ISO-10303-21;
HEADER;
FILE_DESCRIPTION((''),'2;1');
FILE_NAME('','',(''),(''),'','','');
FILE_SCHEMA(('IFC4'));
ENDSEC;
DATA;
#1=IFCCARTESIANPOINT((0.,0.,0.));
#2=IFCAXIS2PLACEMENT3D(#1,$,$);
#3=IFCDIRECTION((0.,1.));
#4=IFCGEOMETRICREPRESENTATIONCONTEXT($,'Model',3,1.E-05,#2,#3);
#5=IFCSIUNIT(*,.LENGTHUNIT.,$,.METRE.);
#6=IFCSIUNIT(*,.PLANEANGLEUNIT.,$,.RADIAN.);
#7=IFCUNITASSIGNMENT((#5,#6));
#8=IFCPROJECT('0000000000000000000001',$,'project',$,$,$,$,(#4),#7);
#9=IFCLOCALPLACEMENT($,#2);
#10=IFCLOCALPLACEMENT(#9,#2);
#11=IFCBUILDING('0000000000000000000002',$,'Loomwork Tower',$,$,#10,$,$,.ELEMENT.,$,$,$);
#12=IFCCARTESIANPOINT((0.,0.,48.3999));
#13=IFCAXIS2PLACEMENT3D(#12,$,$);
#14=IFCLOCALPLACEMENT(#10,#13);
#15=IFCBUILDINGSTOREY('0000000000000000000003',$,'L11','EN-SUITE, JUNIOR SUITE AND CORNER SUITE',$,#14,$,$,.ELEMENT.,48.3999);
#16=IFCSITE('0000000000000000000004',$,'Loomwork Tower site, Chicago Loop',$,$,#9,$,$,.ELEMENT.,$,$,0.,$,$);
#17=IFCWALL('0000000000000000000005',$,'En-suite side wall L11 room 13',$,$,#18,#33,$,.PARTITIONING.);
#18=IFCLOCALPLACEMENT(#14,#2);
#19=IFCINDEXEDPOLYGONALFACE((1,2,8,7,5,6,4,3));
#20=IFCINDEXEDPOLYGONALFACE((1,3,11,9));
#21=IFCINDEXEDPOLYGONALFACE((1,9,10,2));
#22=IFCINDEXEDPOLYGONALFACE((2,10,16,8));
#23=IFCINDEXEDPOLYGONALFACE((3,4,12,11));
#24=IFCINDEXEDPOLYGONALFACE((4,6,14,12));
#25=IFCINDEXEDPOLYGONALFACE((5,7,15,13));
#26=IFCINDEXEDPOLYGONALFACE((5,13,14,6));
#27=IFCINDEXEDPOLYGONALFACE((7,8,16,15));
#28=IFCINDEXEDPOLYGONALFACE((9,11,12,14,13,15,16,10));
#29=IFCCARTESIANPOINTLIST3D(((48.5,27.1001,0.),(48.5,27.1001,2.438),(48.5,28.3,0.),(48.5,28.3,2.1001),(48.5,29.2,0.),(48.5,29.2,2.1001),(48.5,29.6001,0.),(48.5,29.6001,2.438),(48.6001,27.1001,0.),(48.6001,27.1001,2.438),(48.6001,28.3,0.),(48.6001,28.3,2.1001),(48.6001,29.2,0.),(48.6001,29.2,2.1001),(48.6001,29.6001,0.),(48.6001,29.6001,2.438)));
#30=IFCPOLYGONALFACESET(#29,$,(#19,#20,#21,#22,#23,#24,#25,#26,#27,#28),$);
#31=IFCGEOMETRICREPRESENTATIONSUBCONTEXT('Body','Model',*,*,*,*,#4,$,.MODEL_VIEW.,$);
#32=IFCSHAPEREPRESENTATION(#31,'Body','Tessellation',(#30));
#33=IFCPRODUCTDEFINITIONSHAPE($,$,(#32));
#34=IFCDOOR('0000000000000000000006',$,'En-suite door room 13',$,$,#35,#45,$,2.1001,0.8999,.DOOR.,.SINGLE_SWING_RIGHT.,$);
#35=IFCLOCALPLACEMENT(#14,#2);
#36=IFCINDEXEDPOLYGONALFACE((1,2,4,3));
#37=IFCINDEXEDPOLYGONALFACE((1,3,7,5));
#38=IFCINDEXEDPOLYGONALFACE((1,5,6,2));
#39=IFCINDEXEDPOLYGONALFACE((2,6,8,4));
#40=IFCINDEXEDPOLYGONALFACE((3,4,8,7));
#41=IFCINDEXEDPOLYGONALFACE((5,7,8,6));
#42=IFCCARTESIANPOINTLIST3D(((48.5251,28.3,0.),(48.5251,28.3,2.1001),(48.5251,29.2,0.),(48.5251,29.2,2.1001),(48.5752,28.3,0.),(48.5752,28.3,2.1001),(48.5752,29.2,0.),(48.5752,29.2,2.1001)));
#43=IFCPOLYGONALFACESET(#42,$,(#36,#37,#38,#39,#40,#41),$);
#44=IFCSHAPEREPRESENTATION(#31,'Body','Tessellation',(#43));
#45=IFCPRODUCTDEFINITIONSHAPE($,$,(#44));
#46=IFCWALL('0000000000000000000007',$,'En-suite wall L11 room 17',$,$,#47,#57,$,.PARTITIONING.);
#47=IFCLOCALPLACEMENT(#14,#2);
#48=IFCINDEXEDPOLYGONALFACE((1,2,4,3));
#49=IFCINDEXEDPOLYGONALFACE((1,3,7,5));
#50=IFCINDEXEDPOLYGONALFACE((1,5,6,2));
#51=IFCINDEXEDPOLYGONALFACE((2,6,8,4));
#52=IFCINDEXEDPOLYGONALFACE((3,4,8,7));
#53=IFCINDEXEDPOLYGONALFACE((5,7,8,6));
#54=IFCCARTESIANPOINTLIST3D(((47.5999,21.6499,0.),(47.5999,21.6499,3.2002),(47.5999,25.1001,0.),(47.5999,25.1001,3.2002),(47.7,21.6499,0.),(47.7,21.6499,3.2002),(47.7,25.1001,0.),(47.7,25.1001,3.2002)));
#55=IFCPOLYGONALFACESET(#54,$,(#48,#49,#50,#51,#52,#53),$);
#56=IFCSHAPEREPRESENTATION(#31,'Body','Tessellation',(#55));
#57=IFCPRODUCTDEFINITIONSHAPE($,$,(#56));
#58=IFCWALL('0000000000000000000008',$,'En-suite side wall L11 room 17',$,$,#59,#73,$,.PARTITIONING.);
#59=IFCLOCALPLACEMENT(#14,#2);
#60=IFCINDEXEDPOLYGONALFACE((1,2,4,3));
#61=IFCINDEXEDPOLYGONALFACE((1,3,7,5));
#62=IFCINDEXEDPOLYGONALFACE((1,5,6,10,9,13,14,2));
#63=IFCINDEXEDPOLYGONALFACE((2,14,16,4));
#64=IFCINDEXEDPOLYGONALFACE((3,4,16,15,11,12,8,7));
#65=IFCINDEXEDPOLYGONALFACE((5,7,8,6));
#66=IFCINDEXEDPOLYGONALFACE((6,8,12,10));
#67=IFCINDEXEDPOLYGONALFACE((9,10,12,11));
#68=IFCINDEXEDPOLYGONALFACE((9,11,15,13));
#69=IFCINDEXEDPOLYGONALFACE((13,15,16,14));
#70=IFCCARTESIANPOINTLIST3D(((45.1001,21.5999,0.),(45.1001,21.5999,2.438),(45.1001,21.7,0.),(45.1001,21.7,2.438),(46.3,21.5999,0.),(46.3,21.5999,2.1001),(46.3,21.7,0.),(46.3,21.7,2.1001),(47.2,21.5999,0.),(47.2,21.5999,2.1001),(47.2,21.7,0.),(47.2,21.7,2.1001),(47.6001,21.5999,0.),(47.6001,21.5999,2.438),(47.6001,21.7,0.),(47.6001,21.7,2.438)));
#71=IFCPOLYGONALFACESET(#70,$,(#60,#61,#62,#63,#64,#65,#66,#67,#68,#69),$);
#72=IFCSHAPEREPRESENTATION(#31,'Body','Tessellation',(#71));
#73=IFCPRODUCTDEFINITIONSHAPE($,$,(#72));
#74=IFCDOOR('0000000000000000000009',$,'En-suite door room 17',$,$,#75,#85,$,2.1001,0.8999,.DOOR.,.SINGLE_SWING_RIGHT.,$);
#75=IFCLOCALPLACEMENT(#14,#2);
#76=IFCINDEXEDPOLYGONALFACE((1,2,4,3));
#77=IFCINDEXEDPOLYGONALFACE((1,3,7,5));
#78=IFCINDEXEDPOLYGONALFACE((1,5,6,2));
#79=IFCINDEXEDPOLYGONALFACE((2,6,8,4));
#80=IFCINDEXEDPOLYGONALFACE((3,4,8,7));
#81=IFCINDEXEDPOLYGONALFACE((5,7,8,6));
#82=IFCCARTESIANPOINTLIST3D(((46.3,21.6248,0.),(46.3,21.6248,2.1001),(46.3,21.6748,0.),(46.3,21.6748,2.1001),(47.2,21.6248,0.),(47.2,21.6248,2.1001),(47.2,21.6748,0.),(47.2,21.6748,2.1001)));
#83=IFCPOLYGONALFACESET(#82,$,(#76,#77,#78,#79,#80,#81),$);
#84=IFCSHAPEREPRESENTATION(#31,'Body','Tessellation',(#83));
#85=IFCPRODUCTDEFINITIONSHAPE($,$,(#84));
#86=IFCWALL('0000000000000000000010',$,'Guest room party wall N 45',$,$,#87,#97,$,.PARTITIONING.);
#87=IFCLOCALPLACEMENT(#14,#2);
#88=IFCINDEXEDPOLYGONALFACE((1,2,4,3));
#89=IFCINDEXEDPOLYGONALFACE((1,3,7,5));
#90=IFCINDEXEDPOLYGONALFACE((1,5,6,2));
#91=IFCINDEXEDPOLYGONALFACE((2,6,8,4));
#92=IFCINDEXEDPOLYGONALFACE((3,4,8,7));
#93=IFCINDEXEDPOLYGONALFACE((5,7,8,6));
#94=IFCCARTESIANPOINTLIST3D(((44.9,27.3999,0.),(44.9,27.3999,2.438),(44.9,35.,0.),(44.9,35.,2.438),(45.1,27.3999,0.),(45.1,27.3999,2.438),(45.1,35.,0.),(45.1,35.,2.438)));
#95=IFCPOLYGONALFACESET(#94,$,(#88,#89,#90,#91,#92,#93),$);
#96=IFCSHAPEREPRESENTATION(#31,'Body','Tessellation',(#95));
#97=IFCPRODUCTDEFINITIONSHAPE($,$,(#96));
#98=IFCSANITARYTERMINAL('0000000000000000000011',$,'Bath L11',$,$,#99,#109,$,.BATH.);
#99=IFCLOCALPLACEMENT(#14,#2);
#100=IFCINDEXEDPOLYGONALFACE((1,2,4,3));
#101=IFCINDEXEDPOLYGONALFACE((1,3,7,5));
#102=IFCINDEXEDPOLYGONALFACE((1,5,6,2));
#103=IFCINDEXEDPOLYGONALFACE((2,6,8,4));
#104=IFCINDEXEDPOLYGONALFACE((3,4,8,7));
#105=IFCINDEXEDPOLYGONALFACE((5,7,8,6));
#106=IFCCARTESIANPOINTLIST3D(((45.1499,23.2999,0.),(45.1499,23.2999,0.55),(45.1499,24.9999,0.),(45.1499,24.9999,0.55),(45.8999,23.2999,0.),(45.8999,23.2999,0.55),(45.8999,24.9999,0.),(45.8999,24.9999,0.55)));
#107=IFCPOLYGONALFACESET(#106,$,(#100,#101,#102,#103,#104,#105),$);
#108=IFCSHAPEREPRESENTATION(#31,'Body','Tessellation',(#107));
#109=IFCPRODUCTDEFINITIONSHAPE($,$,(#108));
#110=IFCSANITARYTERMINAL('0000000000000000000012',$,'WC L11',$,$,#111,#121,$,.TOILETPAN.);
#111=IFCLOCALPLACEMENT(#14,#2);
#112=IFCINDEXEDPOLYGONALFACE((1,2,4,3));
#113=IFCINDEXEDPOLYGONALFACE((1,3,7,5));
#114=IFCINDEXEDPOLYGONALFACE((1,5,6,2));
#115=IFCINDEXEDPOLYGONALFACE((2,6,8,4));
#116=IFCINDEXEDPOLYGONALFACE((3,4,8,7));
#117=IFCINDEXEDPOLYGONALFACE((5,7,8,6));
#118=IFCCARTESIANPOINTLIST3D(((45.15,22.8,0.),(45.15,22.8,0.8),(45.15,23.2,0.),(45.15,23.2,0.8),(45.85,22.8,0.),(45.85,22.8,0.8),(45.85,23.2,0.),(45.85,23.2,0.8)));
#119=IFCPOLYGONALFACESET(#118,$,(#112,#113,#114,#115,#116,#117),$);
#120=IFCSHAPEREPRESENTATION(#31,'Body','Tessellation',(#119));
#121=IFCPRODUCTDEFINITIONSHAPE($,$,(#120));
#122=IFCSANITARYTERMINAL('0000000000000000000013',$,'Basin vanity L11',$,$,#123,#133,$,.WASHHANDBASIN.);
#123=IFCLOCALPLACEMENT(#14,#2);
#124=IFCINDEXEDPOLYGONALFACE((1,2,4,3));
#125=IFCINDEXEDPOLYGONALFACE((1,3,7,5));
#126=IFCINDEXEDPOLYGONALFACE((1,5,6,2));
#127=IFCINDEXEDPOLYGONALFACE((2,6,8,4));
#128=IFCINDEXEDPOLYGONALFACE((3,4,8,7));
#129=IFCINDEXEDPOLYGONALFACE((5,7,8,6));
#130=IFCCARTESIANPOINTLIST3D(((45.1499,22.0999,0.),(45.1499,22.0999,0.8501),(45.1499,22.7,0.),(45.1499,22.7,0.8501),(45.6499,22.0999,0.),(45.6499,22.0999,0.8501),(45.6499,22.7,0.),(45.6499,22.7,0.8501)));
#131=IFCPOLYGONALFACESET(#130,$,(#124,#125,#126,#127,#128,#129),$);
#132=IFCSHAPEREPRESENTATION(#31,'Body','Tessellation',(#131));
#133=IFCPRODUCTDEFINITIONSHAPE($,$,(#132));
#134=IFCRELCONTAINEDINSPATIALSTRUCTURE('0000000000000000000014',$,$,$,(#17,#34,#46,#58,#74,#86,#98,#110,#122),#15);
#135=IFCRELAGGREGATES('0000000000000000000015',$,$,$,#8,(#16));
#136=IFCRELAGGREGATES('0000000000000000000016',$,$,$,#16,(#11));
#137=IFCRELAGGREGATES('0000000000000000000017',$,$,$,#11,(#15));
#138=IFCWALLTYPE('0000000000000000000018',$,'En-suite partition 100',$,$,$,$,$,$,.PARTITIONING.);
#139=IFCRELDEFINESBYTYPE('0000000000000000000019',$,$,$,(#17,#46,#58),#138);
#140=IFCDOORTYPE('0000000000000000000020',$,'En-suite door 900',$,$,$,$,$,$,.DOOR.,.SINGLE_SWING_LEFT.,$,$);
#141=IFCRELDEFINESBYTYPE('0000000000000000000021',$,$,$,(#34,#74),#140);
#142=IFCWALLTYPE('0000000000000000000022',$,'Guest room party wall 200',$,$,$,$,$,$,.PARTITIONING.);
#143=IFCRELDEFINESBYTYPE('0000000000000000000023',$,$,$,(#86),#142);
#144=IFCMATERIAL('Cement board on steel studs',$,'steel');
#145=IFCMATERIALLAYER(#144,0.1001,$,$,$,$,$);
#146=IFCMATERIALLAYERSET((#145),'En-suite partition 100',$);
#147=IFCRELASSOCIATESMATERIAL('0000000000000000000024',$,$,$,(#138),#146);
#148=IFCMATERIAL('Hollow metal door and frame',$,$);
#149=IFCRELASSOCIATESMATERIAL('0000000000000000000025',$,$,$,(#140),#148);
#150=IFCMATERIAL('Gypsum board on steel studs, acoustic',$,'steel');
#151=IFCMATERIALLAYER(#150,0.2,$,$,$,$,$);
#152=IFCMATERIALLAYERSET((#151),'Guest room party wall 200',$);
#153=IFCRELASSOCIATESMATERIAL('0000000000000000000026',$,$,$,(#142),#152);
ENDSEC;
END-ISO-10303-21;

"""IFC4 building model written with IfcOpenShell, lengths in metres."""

from ifc_helpers import new_model, si_unit, direction, frame, frame_2d, origin, origin_2d, place, context, subcontext, project, spatial, rectangle, extrude, material, layer, layer_set, type_object, element, fill, save


model = new_model("IFC4")

# Units and contexts
model_context = context("Model", 3, precision=1e-05, world=origin(), true_north=direction((0.0, 1.0)))
body_context = subcontext(model_context, "Body", "Model", "MODEL_VIEW")
ifc_project = project(units=[si_unit("LENGTHUNIT", "METRE"), si_unit("PLANEANGLEUNIT", "RADIAN")], contexts=[model_context])

# Site, building, storey
site_placement = place(None, origin())
site = spatial("IfcSite", under=ifc_project, at=site_placement, Name="Loomwork Tower site, Chicago Loop", CompositionType="ELEMENT", RefElevation=0.0)
building_placement = place(site_placement, origin())
building = spatial("IfcBuilding", under=site, at=building_placement, Name="Loomwork Tower", CompositionType="ELEMENT")
storey_placement = place(building_placement, frame((0.0, 0.0, 48.3999)))
storey = spatial("IfcBuildingStorey", under=building, at=storey_placement, Name="L11", Description="EN-SUITE, JUNIOR SUITE AND CORNER SUITE", CompositionType="ELEMENT", Elevation=48.3999)

# Wall, opening, door
ifc_material_1 = material(Name="Cement board on steel studs", Category="steel")
ifc_layer_1 = layer(ifc_material_1, 0.1001)
ifc_layer_set_1 = layer_set([ifc_layer_1], Name="En-suite partition 100")
wall_type_1 = type_object("IfcWallType", Name="En-suite partition 100", PredefinedType="PARTITIONING", material=ifc_layer_set_1)
wall_1_placement = place(storey_placement, frame((48.55, 27.1001, 0.0), z_axis=(0.0, 0.0, 1.0), x_axis=(0.0, 1.0, 0.0)))
wall_1 = element("IfcWall", 1, at=wall_1_placement, inside=storey, type_object=wall_type_1, Name="En-suite side wall L11 room 13", PredefinedType="PARTITIONING", context=body_context, shape_type="SweptSolid", body=[
    extrude(rectangle(XDim=2.5, YDim=0.1001, at=frame_2d((1.25, 0.0))), origin(), (0.0, 0.0, 1.0), 2.438),
])
opening_1_placement = place(wall_1_placement, frame((1.2, 0.0, 0.0)))
opening_1 = element("IfcOpeningElement", 2, at=opening_1_placement, cuts=wall_1, PredefinedType="OPENING", context=body_context, shape_type="SweptSolid", body=[
    extrude(rectangle(XDim=0.8999, YDim=2.1001, at=frame_2d((0.45, 1.05))), frame((0.0, 0.0601, 0.0), z_axis=(0.0, -1.0, 0.0), x_axis=(1.0, 0.0, 0.0)), (0.0, 0.0, 1.0), 0.1201),
])
ifc_material_2 = material(Name="Hollow metal door and frame")
door_type_1 = type_object("IfcDoorType", Name="En-suite door 900", OperationType="SINGLE_SWING_LEFT", PredefinedType="DOOR", material=ifc_material_2)
door_1_placement = place(opening_1_placement, origin())
door_1 = element("IfcDoor", 3, at=door_1_placement, inside=storey, type_object=door_type_1, Name="En-suite door room 13", OperationType="SINGLE_SWING_RIGHT", OverallHeight=2.1001, OverallWidth=0.8999, PredefinedType="DOOR", context=body_context, shape_type="SweptSolid", body=[
    extrude(rectangle(XDim=0.8999, YDim=2.1001, at=frame_2d((0.45, 1.05))), frame((0.0, 0.0249, 0.0), z_axis=(0.0, -1.0, 0.0), x_axis=(1.0, 0.0, 0.0)), (0.0, 0.0, 1.0), 0.05),
])
fill(opening_1, door_1)

# Wall
wall_2_placement = place(storey_placement, frame((47.6499, 21.6499, 0.0), z_axis=(0.0, 0.0, 1.0), x_axis=(0.0, 1.0, 0.0)))
element("IfcWall", 4, at=wall_2_placement, inside=storey, type_object=wall_type_1, Name="En-suite wall L11 room 17", PredefinedType="PARTITIONING", context=body_context, shape_type="SweptSolid", body=[
    extrude(rectangle(XDim=3.4502, YDim=0.1001, at=frame_2d((1.7251, 0.0))), origin(), (0.0, 0.0, 1.0), 3.2002),
])

# Wall, opening, door
wall_3_placement = place(storey_placement, frame((45.1001, 21.6499, 0.0), z_axis=(0.0, 0.0, 1.0), x_axis=(1.0, 0.0, 0.0)))
wall_3 = element("IfcWall", 5, at=wall_3_placement, inside=storey, type_object=wall_type_1, Name="En-suite side wall L11 room 17", PredefinedType="PARTITIONING", context=body_context, shape_type="SweptSolid", body=[
    extrude(rectangle(XDim=2.5, YDim=0.1001, at=frame_2d((1.25, 0.0))), origin(), (0.0, 0.0, 1.0), 2.438),
])
opening_2_placement = place(wall_3_placement, frame((1.2, 0.0, 0.0)))
opening_2 = element("IfcOpeningElement", 6, at=opening_2_placement, cuts=wall_3, PredefinedType="OPENING", context=body_context, shape_type="SweptSolid", body=[
    extrude(rectangle(XDim=0.8999, YDim=2.1001, at=frame_2d((0.45, 1.05))), frame((0.0, 0.0601, 0.0), z_axis=(0.0, -1.0, 0.0), x_axis=(1.0, 0.0, 0.0)), (0.0, 0.0, 1.0), 0.1201),
])
door_2_placement = place(opening_2_placement, origin())
door_2 = element("IfcDoor", 7, at=door_2_placement, inside=storey, type_object=door_type_1, Name="En-suite door room 17", OperationType="SINGLE_SWING_RIGHT", OverallHeight=2.1001, OverallWidth=0.8999, PredefinedType="DOOR", context=body_context, shape_type="SweptSolid", body=[
    extrude(rectangle(XDim=0.8999, YDim=2.1001, at=frame_2d((0.45, 1.05))), frame((0.0, 0.0249, 0.0), z_axis=(0.0, -1.0, 0.0), x_axis=(1.0, 0.0, 0.0)), (0.0, 0.0, 1.0), 0.05),
])
fill(opening_2, door_2)

# Wall
ifc_material_3 = material(Name="Gypsum board on steel studs, acoustic", Category="steel")
ifc_layer_2 = layer(ifc_material_3, 0.2)
ifc_layer_set_2 = layer_set([ifc_layer_2], Name="Guest room party wall 200")
wall_type_2 = type_object("IfcWallType", Name="Guest room party wall 200", PredefinedType="PARTITIONING", material=ifc_layer_set_2)
wall_4_placement = place(storey_placement, frame((45.0, 27.3999, 0.0), z_axis=(0.0, 0.0, 1.0), x_axis=(0.0, 1.0, 0.0)))
element("IfcWall", 8, at=wall_4_placement, inside=storey, type_object=wall_type_2, Name="Guest room party wall N 45", PredefinedType="PARTITIONING", context=body_context, shape_type="SweptSolid", body=[
    extrude(rectangle(XDim=7.6001, YDim=0.2, at=frame_2d((3.8, 0.0))), origin(), (0.0, 0.0, 1.0), 2.438),
])

# Sanitary terminals
sanitary_terminal_1_placement = place(storey_placement, frame((45.5249, 24.1499, 0.0), z_axis=(0.0, 0.0, 1.0), x_axis=(1.0, 0.0, 0.0)))
element("IfcSanitaryTerminal", 9, at=sanitary_terminal_1_placement, inside=storey, Name="Bath L11", PredefinedType="BATH", context=body_context, shape_type="SweptSolid", body=[
    extrude(rectangle(XDim=0.75, YDim=1.7, at=origin_2d()), origin(), (0.0, 0.0, 1.0), 0.55),
])
sanitary_terminal_2_placement = place(storey_placement, frame((45.5, 23.0, 0.0), z_axis=(0.0, 0.0, 1.0), x_axis=(1.0, 0.0, 0.0)))
element("IfcSanitaryTerminal", 10, at=sanitary_terminal_2_placement, inside=storey, Name="WC L11", PredefinedType="TOILETPAN", context=body_context, shape_type="SweptSolid", body=[
    extrude(rectangle(XDim=0.7, YDim=0.3999, at=origin_2d()), origin(), (0.0, 0.0, 1.0), 0.8),
])
sanitary_terminal_3_placement = place(storey_placement, frame((45.3999, 22.3999, 0.0), z_axis=(0.0, 0.0, 1.0), x_axis=(1.0, 0.0, 0.0)))
element("IfcSanitaryTerminal", 11, at=sanitary_terminal_3_placement, inside=storey, Name="Basin vanity L11", PredefinedType="WASHHANDBASIN", context=body_context, shape_type="SweptSolid", body=[
    extrude(rectangle(XDim=0.5, YDim=0.6001, at=origin_2d()), origin(), (0.0, 0.0, 1.0), 0.8501),
])

save(model, "model.ifc")
